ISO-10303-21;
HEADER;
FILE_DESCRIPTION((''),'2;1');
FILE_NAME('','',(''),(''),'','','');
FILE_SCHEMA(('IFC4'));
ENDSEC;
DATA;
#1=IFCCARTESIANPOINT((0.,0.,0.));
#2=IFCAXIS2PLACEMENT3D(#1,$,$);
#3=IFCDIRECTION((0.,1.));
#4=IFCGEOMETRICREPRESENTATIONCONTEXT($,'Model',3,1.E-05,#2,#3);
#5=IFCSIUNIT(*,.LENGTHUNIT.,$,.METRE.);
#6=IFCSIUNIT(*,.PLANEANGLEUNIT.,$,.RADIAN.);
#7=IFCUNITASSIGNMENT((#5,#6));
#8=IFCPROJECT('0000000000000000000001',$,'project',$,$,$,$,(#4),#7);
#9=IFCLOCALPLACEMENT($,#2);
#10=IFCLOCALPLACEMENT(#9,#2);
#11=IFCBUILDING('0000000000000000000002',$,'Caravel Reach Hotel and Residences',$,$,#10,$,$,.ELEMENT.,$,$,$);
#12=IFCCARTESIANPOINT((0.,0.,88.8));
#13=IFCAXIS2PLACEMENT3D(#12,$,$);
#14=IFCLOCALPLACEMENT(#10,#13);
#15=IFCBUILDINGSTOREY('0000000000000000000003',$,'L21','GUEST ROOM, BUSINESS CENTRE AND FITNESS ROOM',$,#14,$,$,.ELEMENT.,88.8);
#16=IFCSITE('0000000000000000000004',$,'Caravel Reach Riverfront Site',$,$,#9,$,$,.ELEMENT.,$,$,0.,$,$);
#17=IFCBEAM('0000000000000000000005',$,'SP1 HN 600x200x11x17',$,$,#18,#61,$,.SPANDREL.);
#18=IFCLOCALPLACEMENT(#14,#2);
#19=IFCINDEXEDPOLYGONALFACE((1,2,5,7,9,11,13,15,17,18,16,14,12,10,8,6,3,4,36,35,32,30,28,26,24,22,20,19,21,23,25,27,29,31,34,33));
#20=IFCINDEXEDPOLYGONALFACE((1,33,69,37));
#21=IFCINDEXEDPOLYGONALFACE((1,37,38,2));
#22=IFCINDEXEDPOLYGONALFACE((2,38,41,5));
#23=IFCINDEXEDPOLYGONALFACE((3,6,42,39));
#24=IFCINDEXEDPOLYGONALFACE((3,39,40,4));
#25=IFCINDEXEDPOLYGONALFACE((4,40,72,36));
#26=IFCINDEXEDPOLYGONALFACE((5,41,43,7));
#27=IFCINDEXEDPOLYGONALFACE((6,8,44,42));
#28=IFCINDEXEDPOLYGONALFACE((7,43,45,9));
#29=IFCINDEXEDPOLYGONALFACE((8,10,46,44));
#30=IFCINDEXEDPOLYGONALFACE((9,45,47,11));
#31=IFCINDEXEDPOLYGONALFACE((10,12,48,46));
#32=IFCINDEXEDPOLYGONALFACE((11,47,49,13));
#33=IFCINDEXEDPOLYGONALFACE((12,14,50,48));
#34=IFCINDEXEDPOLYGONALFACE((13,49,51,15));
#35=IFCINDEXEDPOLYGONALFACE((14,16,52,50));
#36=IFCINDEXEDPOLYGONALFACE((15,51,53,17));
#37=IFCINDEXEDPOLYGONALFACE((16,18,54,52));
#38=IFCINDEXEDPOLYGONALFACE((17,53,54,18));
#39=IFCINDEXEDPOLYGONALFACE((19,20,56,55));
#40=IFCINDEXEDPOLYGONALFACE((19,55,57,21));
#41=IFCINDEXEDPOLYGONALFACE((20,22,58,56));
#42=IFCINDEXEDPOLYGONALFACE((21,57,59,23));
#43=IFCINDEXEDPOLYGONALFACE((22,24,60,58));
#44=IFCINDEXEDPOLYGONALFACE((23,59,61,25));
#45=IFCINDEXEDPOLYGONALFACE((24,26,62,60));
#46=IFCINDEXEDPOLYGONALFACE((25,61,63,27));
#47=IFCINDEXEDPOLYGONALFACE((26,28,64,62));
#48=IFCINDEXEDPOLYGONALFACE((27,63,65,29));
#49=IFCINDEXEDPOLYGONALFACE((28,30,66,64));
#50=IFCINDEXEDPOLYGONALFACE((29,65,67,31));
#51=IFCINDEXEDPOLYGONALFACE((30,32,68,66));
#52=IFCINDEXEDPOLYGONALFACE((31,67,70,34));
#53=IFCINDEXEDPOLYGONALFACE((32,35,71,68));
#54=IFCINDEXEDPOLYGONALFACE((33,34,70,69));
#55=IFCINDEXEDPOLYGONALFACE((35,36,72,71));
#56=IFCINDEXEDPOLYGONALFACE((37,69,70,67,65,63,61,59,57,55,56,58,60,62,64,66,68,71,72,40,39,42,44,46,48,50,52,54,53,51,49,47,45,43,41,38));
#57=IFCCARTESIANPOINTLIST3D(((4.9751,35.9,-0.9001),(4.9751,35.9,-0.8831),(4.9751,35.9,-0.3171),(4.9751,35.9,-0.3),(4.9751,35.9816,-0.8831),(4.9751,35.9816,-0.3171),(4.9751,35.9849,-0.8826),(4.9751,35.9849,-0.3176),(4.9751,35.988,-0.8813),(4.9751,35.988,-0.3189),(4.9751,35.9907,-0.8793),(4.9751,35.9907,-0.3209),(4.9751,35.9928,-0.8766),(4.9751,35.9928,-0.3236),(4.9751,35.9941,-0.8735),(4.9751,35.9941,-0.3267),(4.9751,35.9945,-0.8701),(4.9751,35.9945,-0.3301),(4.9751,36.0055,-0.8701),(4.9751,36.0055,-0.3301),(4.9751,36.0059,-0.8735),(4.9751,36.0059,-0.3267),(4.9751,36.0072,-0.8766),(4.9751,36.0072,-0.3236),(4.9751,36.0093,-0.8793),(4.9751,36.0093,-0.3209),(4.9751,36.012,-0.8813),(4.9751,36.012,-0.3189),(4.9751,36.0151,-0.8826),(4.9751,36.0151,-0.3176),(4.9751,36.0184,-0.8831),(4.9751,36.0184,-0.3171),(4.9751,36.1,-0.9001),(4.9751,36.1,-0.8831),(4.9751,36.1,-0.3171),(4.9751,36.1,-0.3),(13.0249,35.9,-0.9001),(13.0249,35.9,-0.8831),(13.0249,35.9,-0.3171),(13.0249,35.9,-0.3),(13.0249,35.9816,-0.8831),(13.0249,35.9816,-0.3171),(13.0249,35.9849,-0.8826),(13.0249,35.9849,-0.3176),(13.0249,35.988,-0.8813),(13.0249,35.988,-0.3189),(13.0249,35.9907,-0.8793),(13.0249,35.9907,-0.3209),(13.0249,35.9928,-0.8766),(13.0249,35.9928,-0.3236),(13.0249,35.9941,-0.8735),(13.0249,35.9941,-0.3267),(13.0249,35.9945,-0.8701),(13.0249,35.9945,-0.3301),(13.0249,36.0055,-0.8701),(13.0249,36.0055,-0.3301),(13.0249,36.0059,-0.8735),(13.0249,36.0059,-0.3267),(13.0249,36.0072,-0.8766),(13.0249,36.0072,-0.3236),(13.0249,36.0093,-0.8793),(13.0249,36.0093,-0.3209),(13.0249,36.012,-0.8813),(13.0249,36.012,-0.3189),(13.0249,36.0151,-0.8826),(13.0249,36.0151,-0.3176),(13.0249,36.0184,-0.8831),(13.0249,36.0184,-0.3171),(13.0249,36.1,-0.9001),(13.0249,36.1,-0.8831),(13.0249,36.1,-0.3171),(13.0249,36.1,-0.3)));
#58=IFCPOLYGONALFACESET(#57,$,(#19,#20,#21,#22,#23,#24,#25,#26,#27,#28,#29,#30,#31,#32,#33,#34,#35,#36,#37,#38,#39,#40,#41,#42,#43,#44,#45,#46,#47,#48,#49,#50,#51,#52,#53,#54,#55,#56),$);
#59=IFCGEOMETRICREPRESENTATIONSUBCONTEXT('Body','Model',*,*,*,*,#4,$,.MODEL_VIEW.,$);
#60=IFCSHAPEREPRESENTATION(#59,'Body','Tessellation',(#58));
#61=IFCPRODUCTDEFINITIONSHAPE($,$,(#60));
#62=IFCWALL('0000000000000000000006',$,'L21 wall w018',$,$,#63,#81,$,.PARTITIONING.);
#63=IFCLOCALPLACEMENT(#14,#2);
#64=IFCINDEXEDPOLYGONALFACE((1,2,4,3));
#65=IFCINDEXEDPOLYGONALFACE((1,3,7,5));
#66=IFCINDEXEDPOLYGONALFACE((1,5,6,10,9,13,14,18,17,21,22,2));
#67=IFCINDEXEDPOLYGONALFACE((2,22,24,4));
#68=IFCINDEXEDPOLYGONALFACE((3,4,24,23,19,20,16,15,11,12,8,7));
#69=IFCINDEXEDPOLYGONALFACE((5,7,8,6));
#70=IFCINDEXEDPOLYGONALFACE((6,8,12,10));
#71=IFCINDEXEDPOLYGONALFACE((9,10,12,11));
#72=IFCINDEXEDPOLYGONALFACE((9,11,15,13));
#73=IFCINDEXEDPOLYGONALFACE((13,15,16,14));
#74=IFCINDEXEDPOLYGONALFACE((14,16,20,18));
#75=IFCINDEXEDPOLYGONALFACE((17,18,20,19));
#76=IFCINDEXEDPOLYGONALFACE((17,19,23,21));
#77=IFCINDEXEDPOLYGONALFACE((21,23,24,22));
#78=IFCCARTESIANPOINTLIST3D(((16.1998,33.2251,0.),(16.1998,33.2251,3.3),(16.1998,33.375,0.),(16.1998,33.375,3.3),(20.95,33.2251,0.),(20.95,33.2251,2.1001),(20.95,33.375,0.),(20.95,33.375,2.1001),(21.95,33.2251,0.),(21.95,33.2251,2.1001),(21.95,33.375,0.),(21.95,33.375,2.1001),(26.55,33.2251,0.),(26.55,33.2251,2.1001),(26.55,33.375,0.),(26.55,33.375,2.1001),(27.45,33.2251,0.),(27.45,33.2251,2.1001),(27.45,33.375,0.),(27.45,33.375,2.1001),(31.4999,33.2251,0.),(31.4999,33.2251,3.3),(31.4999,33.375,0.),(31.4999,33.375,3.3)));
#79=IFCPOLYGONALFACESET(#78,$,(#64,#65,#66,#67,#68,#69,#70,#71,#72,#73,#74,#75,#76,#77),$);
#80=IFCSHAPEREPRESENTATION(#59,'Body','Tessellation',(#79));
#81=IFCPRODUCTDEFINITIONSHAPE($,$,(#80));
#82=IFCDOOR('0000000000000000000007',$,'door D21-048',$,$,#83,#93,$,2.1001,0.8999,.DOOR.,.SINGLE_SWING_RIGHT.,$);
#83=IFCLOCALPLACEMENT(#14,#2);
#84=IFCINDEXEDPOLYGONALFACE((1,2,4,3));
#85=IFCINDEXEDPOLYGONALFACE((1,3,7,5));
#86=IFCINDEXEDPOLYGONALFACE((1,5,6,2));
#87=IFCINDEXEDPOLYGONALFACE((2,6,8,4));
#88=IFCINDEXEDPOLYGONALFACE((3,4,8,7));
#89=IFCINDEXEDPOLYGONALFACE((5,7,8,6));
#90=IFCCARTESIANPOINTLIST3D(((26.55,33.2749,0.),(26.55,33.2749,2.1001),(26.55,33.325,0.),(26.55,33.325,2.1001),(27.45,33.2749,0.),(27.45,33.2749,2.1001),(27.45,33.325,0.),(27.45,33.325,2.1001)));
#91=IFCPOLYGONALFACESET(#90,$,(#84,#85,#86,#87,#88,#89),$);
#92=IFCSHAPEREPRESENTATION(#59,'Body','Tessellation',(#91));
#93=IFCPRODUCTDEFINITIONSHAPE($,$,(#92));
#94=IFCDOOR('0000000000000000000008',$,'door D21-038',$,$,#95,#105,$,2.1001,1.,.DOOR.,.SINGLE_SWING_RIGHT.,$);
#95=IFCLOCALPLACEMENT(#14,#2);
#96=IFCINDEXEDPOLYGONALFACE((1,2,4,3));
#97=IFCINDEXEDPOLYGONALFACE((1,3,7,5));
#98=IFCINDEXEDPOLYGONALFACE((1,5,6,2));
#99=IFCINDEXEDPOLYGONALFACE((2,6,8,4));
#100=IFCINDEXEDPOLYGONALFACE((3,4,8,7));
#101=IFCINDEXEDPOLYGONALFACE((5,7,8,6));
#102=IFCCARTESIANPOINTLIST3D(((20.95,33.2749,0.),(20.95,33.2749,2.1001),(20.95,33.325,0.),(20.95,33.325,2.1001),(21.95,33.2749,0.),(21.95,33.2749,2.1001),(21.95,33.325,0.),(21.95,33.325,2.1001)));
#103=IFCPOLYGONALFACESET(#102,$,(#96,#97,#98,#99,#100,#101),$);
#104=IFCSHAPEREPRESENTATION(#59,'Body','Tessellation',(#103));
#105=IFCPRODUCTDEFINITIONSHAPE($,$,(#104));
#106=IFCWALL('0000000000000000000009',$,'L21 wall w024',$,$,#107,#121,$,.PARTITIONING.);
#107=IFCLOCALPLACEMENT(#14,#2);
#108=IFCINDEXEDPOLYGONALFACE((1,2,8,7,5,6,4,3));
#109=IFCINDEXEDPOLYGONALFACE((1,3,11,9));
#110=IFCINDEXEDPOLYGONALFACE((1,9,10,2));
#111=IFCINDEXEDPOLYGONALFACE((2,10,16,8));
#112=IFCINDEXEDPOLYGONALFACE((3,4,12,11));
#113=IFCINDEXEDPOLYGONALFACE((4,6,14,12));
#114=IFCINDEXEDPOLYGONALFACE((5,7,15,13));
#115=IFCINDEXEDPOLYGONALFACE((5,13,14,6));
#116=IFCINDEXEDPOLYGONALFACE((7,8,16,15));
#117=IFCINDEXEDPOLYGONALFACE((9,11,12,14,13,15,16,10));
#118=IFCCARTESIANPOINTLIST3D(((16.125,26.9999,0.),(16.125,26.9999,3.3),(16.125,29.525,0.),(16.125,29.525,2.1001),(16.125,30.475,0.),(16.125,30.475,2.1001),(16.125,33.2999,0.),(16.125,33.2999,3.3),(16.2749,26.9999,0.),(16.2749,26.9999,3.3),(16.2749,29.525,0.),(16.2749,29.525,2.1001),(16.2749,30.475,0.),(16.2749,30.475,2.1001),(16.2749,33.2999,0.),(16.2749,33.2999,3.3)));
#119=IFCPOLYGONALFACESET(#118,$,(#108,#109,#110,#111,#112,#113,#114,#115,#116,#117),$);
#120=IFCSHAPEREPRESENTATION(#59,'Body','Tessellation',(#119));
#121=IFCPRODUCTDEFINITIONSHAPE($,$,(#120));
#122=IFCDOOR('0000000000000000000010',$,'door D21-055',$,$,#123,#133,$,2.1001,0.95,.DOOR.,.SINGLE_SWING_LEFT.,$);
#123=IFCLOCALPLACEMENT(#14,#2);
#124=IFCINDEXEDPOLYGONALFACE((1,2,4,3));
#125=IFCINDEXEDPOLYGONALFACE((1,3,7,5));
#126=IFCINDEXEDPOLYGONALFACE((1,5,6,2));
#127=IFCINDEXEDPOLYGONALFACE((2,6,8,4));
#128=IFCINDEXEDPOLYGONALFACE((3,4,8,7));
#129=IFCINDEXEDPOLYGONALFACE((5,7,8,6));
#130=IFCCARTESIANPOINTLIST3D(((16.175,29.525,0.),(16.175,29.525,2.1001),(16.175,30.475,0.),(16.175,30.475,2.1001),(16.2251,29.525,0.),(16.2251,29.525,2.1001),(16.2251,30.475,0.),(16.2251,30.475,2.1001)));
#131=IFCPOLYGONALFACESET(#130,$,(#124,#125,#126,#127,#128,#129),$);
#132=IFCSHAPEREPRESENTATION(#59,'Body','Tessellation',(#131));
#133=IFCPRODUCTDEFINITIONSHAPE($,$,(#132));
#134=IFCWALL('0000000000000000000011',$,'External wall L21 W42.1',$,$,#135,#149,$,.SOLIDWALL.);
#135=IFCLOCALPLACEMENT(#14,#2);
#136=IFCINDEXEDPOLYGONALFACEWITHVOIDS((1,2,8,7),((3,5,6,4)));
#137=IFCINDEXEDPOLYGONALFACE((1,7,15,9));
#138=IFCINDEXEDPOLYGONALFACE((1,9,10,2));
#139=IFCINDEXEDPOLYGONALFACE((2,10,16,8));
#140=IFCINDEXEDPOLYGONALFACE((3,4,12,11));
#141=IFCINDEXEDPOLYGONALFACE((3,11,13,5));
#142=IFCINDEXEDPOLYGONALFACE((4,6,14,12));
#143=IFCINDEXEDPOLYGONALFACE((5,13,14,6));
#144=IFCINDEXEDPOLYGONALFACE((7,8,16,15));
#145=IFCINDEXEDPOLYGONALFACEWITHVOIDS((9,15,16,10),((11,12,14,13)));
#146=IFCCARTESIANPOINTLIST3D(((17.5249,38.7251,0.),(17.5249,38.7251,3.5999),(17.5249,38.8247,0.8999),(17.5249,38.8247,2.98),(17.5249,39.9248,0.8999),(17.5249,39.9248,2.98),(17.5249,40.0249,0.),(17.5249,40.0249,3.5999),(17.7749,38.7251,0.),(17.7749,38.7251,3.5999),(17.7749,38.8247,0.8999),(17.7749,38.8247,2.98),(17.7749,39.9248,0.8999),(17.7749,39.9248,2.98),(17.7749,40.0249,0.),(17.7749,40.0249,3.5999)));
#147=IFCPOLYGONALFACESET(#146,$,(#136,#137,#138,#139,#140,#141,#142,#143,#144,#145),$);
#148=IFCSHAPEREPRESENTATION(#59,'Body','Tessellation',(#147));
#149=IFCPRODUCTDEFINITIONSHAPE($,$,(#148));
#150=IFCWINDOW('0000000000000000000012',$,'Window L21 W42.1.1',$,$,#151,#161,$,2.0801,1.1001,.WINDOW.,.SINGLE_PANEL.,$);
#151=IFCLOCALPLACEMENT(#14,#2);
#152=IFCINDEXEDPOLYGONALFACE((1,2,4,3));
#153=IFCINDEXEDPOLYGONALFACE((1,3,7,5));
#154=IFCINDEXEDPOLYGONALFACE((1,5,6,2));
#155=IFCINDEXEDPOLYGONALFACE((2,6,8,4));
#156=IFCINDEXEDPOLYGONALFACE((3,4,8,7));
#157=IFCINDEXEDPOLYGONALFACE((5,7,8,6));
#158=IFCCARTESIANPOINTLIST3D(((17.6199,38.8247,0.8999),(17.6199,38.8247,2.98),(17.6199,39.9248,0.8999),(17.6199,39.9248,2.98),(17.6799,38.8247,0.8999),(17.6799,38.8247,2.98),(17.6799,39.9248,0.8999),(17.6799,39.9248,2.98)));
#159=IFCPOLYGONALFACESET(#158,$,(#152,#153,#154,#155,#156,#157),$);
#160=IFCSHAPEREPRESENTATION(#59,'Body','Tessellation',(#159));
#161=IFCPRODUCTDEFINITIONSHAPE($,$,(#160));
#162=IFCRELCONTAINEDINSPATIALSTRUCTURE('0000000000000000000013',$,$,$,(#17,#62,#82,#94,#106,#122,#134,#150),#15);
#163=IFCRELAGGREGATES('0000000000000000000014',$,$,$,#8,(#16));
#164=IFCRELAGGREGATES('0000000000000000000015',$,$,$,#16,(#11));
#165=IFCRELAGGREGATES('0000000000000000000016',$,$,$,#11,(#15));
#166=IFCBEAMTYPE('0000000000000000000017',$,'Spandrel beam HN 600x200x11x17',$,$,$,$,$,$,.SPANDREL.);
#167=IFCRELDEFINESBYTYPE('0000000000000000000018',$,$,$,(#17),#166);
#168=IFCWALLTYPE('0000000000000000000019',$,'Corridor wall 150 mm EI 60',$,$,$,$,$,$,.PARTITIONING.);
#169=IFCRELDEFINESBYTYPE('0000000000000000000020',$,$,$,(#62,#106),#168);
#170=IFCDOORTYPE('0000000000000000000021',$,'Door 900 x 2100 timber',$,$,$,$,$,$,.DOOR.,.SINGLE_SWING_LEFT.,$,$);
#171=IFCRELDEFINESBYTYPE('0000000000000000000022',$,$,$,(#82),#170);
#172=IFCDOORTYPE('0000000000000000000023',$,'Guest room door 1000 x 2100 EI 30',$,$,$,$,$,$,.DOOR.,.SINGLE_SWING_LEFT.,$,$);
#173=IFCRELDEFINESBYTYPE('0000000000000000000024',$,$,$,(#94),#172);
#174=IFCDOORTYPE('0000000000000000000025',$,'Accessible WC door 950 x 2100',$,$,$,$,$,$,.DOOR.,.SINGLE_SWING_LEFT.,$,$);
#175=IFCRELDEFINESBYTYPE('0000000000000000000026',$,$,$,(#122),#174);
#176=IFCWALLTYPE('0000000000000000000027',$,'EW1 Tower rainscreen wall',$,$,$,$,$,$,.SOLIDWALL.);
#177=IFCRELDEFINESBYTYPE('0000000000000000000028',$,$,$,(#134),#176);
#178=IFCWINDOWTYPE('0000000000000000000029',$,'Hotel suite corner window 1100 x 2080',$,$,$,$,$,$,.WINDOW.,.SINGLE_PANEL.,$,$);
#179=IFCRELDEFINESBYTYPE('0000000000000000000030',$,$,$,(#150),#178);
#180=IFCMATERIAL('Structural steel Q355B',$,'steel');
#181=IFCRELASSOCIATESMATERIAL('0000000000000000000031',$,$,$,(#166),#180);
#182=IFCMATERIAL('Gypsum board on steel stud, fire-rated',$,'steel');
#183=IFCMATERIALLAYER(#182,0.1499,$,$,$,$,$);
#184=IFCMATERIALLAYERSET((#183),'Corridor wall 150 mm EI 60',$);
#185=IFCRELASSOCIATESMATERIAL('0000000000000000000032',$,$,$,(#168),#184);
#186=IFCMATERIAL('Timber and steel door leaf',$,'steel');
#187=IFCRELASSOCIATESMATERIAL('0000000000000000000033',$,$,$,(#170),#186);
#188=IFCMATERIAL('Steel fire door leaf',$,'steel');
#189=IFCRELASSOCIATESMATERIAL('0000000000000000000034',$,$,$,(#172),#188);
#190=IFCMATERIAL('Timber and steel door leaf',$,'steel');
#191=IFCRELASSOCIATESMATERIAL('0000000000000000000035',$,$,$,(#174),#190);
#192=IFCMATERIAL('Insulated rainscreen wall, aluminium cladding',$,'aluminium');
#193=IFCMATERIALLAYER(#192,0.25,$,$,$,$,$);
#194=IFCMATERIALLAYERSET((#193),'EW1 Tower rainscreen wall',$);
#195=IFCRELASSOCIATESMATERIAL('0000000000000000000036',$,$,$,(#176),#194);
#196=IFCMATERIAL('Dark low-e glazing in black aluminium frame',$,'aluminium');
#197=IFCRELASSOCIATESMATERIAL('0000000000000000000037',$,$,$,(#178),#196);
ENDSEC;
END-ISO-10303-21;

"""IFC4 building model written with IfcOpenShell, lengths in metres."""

from ifc_helpers import new_model, si_unit, direction, frame, frame_2d, origin, origin_2d, place, context, subcontext, project, spatial, rectangle, i_section, extrude, material, layer, layer_set, material_profile, profile_set, type_object, element, fill, save


model = new_model("IFC4")

# Units and contexts
model_context = context("Model", 3, precision=1e-05, world=origin(), true_north=direction((0.0, 1.0)))
body_context = subcontext(model_context, "Body", "Model", "MODEL_VIEW")
ifc_project = project(units=[si_unit("LENGTHUNIT", "METRE"), si_unit("PLANEANGLEUNIT", "RADIAN")], contexts=[model_context])

# Site, building, storey
site_placement = place(None, origin())
site = spatial("IfcSite", under=ifc_project, at=site_placement, Name="Caravel Reach Riverfront Site", CompositionType="ELEMENT", RefElevation=0.0)
building_placement = place(site_placement, origin())
building = spatial("IfcBuilding", under=site, at=building_placement, Name="Caravel Reach Hotel and Residences", CompositionType="ELEMENT")
storey_placement = place(building_placement, frame((0.0, 0.0, 88.8)))
storey = spatial("IfcBuildingStorey", under=building, at=storey_placement, Name="L21", Description="GUEST ROOM, BUSINESS CENTRE AND FITNESS ROOM", CompositionType="ELEMENT", Elevation=88.8)

# Beam
ifc_material_1 = material(Name="Structural steel Q355B", Category="steel")
ifc_material_profile_1 = material_profile(ifc_material_1, i_section(OverallWidth=0.2, OverallDepth=0.6001, WebThickness=0.011, FlangeThickness=0.0171, FilletRadius=0.0129, at=origin_2d()), Name="HN 600x200x11x17")
ifc_profile_set_1 = profile_set([ifc_material_profile_1], Name="Structural steel Q355B")
beam_type_1 = type_object("IfcBeamType", Name="Spandrel beam HN 600x200x11x17", PredefinedType="SPANDREL", material=ifc_profile_set_1)
beam_1_placement = place(storey_placement, frame((13.0249, 36.0, -0.6001), z_axis=(-1.0, 0.0, 0.0), x_axis=(0.0, -1.0, 0.0)))
element("IfcBeam", 1, at=beam_1_placement, inside=storey, type_object=beam_type_1, Name="SP1 HN 600x200x11x17", PredefinedType="SPANDREL", context=body_context, shape_type="SweptSolid", body=[
    extrude(i_section(OverallWidth=0.2, OverallDepth=0.6001, WebThickness=0.011, FlangeThickness=0.0171, FilletRadius=0.0129, at=origin_2d()), origin(), (0.0, 0.0, 1.0), 8.0498),
])

# Wall, openings, doors
ifc_material_2 = material(Name="Gypsum board on steel stud, fire-rated", Category="steel")
ifc_layer_1 = layer(ifc_material_2, 0.1499)
ifc_layer_set_1 = layer_set([ifc_layer_1], Name="Corridor wall 150 mm EI 60")
wall_type_1 = type_object("IfcWallType", Name="Corridor wall 150 mm EI 60", PredefinedType="PARTITIONING", material=ifc_layer_set_1)
wall_1_placement = place(storey_placement, frame((16.2, 33.3, 0.0), z_axis=(0.0, 0.0, 1.0), x_axis=(1.0, 0.0, 0.0)))
wall_1 = element("IfcWall", 2, at=wall_1_placement, inside=storey, type_object=wall_type_1, Name="L21 wall w018", PredefinedType="PARTITIONING", context=body_context, shape_type="SweptSolid", body=[
    extrude(rectangle(XDim=15.3, YDim=0.1499, at=frame_2d((7.6499, 0.0))), origin(), (0.0, 0.0, 1.0), 3.3),
])
opening_1_placement = place(wall_1_placement, frame((4.75, 0.0, 0.0)))
opening_1 = element("IfcOpeningElement", 3, at=opening_1_placement, cuts=wall_1, PredefinedType="OPENING", context=body_context, shape_type="SweptSolid", body=[
    extrude(rectangle(XDim=1.0, YDim=2.1001, at=frame_2d((0.5, 1.05))), frame((0.0, 0.085, 0.0), z_axis=(0.0, -1.0, 0.0), x_axis=(1.0, 0.0, 0.0)), (0.0, 0.0, 1.0), 0.1699),
])
opening_2_placement = place(wall_1_placement, frame((10.3501, 0.0, 0.0)))
opening_2 = element("IfcOpeningElement", 4, at=opening_2_placement, cuts=wall_1, PredefinedType="OPENING", context=body_context, shape_type="SweptSolid", body=[
    extrude(rectangle(XDim=0.8999, YDim=2.1001, at=frame_2d((0.45, 1.05))), frame((0.0, 0.085, 0.0), z_axis=(0.0, -1.0, 0.0), x_axis=(1.0, 0.0, 0.0)), (0.0, 0.0, 1.0), 0.1699),
])
ifc_material_3 = material(Name="Timber and steel door leaf", Category="steel")
door_type_1 = type_object("IfcDoorType", Name="Door 900 x 2100 timber", OperationType="SINGLE_SWING_LEFT", PredefinedType="DOOR", material=ifc_material_3)
door_1_placement = place(opening_2_placement, origin())
door_1 = element("IfcDoor", 5, at=door_1_placement, inside=storey, type_object=door_type_1, Name="door D21-048", OperationType="SINGLE_SWING_RIGHT", OverallHeight=2.1001, OverallWidth=0.8999, PredefinedType="DOOR", context=body_context, shape_type="SweptSolid", body=[
    extrude(rectangle(XDim=0.8999, YDim=2.1001, at=frame_2d((0.45, 1.05))), frame((0.0, 0.0249, 0.0), z_axis=(0.0, -1.0, 0.0), x_axis=(1.0, 0.0, 0.0)), (0.0, 0.0, 1.0), 0.05),
])
fill(opening_2, door_1)
ifc_material_4 = material(Name="Steel fire door leaf", Category="steel")
door_type_2 = type_object("IfcDoorType", Name="Guest room door 1000 x 2100 EI 30", OperationType="SINGLE_SWING_LEFT", PredefinedType="DOOR", material=ifc_material_4)
door_2_placement = place(opening_1_placement, origin())
door_2 = element("IfcDoor", 6, at=door_2_placement, inside=storey, type_object=door_type_2, Name="door D21-038", OperationType="SINGLE_SWING_RIGHT", OverallHeight=2.1001, OverallWidth=1.0, PredefinedType="DOOR", context=body_context, shape_type="SweptSolid", body=[
    extrude(rectangle(XDim=1.0, YDim=2.1001, at=frame_2d((0.5, 1.05))), frame((0.0, 0.0249, 0.0), z_axis=(0.0, -1.0, 0.0), x_axis=(1.0, 0.0, 0.0)), (0.0, 0.0, 1.0), 0.05),
])
fill(opening_1, door_2)

# Wall, opening, door
wall_2_placement = place(storey_placement, frame((16.2, 27.0, 0.0), z_axis=(0.0, 0.0, 1.0), x_axis=(0.0, 1.0, 0.0)))
wall_2 = element("IfcWall", 7, at=wall_2_placement, inside=storey, type_object=wall_type_1, Name="L21 wall w024", PredefinedType="PARTITIONING", context=body_context, shape_type="SweptSolid", body=[
    extrude(rectangle(XDim=6.3, YDim=0.1499, at=frame_2d((3.1499, 0.0))), origin(), (0.0, 0.0, 1.0), 3.3),
])
opening_3_placement = place(wall_2_placement, frame((2.5249, 0.0, 0.0)))
opening_3 = element("IfcOpeningElement", 8, at=opening_3_placement, cuts=wall_2, PredefinedType="OPENING", context=body_context, shape_type="SweptSolid", body=[
    extrude(rectangle(XDim=0.95, YDim=2.1001, at=frame_2d((0.4751, 1.05))), frame((0.0, 0.085, 0.0), z_axis=(0.0, -1.0, 0.0), x_axis=(1.0, 0.0, 0.0)), (0.0, 0.0, 1.0), 0.1699),
])
ifc_material_5 = material(Name="Timber and steel door leaf", Category="steel")
door_type_3 = type_object("IfcDoorType", Name="Accessible WC door 950 x 2100", OperationType="SINGLE_SWING_LEFT", PredefinedType="DOOR", material=ifc_material_5)
door_3_placement = place(opening_3_placement, origin())
door_3 = element("IfcDoor", 9, at=door_3_placement, inside=storey, type_object=door_type_3, Name="door D21-055", OperationType="SINGLE_SWING_LEFT", OverallHeight=2.1001, OverallWidth=0.95, PredefinedType="DOOR", context=body_context, shape_type="SweptSolid", body=[
    extrude(rectangle(XDim=0.95, YDim=2.1001, at=frame_2d((0.4751, 1.05))), frame((0.0, 0.0249, 0.0), z_axis=(0.0, -1.0, 0.0), x_axis=(1.0, 0.0, 0.0)), (0.0, 0.0, 1.0), 0.05),
])
fill(opening_3, door_3)

# Wall, opening, window
ifc_material_6 = material(Name="Insulated rainscreen wall, aluminium cladding", Category="aluminium")
ifc_layer_2 = layer(ifc_material_6, 0.25)
ifc_layer_set_2 = layer_set([ifc_layer_2], Name="EW1 Tower rainscreen wall")
wall_type_2 = type_object("IfcWallType", Name="EW1 Tower rainscreen wall", PredefinedType="SOLIDWALL", material=ifc_layer_set_2)
wall_3_placement = place(storey_placement, frame((17.6499, 40.0249, 0.0), z_axis=(0.0, 0.0, 1.0), x_axis=(0.0, -1.0, 0.0)))
wall_3 = element("IfcWall", 10, at=wall_3_placement, inside=storey, type_object=wall_type_2, Name="External wall L21 W42.1", PredefinedType="SOLIDWALL", context=body_context, shape_type="SweptSolid", body=[
    extrude(rectangle(XDim=1.2998, YDim=0.25, at=frame_2d((0.6499, 0.0))), origin(), (0.0, 0.0, 1.0), 3.5999),
])
opening_4_placement = place(wall_3_placement, frame((0.1001, 0.0, 0.8999)))
opening_4 = element("IfcOpeningElement", 11, at=opening_4_placement, cuts=wall_3, PredefinedType="OPENING", context=body_context, shape_type="SweptSolid", body=[
    extrude(rectangle(XDim=1.1001, YDim=2.0801, at=frame_2d((0.55, 1.04))), frame((0.0, 0.135, 0.0), z_axis=(0.0, -1.0, 0.0), x_axis=(1.0, 0.0, 0.0)), (0.0, 0.0, 1.0), 0.27),
])
ifc_material_7 = material(Name="Dark low-e glazing in black aluminium frame", Category="aluminium")
window_type_1 = type_object("IfcWindowType", Name="Hotel suite corner window 1100 x 2080", PartitioningType="SINGLE_PANEL", PredefinedType="WINDOW", material=ifc_material_7)
window_1_placement = place(opening_4_placement, origin())
window_1 = element("IfcWindow", 12, at=window_1_placement, inside=storey, type_object=window_type_1, Name="Window L21 W42.1.1", OverallHeight=2.0801, OverallWidth=1.1001, PartitioningType="SINGLE_PANEL", PredefinedType="WINDOW", context=body_context, shape_type="SweptSolid", body=[
    extrude(rectangle(XDim=1.1001, YDim=2.0801, at=frame_2d((0.55, 1.04))), frame((0.0, 0.03, 0.0), z_axis=(0.0, -1.0, 0.0), x_axis=(1.0, 0.0, 0.0)), (0.0, 0.0, 1.0), 0.0601),
])
fill(opening_4, window_1)

save(model, "model.ifc")
